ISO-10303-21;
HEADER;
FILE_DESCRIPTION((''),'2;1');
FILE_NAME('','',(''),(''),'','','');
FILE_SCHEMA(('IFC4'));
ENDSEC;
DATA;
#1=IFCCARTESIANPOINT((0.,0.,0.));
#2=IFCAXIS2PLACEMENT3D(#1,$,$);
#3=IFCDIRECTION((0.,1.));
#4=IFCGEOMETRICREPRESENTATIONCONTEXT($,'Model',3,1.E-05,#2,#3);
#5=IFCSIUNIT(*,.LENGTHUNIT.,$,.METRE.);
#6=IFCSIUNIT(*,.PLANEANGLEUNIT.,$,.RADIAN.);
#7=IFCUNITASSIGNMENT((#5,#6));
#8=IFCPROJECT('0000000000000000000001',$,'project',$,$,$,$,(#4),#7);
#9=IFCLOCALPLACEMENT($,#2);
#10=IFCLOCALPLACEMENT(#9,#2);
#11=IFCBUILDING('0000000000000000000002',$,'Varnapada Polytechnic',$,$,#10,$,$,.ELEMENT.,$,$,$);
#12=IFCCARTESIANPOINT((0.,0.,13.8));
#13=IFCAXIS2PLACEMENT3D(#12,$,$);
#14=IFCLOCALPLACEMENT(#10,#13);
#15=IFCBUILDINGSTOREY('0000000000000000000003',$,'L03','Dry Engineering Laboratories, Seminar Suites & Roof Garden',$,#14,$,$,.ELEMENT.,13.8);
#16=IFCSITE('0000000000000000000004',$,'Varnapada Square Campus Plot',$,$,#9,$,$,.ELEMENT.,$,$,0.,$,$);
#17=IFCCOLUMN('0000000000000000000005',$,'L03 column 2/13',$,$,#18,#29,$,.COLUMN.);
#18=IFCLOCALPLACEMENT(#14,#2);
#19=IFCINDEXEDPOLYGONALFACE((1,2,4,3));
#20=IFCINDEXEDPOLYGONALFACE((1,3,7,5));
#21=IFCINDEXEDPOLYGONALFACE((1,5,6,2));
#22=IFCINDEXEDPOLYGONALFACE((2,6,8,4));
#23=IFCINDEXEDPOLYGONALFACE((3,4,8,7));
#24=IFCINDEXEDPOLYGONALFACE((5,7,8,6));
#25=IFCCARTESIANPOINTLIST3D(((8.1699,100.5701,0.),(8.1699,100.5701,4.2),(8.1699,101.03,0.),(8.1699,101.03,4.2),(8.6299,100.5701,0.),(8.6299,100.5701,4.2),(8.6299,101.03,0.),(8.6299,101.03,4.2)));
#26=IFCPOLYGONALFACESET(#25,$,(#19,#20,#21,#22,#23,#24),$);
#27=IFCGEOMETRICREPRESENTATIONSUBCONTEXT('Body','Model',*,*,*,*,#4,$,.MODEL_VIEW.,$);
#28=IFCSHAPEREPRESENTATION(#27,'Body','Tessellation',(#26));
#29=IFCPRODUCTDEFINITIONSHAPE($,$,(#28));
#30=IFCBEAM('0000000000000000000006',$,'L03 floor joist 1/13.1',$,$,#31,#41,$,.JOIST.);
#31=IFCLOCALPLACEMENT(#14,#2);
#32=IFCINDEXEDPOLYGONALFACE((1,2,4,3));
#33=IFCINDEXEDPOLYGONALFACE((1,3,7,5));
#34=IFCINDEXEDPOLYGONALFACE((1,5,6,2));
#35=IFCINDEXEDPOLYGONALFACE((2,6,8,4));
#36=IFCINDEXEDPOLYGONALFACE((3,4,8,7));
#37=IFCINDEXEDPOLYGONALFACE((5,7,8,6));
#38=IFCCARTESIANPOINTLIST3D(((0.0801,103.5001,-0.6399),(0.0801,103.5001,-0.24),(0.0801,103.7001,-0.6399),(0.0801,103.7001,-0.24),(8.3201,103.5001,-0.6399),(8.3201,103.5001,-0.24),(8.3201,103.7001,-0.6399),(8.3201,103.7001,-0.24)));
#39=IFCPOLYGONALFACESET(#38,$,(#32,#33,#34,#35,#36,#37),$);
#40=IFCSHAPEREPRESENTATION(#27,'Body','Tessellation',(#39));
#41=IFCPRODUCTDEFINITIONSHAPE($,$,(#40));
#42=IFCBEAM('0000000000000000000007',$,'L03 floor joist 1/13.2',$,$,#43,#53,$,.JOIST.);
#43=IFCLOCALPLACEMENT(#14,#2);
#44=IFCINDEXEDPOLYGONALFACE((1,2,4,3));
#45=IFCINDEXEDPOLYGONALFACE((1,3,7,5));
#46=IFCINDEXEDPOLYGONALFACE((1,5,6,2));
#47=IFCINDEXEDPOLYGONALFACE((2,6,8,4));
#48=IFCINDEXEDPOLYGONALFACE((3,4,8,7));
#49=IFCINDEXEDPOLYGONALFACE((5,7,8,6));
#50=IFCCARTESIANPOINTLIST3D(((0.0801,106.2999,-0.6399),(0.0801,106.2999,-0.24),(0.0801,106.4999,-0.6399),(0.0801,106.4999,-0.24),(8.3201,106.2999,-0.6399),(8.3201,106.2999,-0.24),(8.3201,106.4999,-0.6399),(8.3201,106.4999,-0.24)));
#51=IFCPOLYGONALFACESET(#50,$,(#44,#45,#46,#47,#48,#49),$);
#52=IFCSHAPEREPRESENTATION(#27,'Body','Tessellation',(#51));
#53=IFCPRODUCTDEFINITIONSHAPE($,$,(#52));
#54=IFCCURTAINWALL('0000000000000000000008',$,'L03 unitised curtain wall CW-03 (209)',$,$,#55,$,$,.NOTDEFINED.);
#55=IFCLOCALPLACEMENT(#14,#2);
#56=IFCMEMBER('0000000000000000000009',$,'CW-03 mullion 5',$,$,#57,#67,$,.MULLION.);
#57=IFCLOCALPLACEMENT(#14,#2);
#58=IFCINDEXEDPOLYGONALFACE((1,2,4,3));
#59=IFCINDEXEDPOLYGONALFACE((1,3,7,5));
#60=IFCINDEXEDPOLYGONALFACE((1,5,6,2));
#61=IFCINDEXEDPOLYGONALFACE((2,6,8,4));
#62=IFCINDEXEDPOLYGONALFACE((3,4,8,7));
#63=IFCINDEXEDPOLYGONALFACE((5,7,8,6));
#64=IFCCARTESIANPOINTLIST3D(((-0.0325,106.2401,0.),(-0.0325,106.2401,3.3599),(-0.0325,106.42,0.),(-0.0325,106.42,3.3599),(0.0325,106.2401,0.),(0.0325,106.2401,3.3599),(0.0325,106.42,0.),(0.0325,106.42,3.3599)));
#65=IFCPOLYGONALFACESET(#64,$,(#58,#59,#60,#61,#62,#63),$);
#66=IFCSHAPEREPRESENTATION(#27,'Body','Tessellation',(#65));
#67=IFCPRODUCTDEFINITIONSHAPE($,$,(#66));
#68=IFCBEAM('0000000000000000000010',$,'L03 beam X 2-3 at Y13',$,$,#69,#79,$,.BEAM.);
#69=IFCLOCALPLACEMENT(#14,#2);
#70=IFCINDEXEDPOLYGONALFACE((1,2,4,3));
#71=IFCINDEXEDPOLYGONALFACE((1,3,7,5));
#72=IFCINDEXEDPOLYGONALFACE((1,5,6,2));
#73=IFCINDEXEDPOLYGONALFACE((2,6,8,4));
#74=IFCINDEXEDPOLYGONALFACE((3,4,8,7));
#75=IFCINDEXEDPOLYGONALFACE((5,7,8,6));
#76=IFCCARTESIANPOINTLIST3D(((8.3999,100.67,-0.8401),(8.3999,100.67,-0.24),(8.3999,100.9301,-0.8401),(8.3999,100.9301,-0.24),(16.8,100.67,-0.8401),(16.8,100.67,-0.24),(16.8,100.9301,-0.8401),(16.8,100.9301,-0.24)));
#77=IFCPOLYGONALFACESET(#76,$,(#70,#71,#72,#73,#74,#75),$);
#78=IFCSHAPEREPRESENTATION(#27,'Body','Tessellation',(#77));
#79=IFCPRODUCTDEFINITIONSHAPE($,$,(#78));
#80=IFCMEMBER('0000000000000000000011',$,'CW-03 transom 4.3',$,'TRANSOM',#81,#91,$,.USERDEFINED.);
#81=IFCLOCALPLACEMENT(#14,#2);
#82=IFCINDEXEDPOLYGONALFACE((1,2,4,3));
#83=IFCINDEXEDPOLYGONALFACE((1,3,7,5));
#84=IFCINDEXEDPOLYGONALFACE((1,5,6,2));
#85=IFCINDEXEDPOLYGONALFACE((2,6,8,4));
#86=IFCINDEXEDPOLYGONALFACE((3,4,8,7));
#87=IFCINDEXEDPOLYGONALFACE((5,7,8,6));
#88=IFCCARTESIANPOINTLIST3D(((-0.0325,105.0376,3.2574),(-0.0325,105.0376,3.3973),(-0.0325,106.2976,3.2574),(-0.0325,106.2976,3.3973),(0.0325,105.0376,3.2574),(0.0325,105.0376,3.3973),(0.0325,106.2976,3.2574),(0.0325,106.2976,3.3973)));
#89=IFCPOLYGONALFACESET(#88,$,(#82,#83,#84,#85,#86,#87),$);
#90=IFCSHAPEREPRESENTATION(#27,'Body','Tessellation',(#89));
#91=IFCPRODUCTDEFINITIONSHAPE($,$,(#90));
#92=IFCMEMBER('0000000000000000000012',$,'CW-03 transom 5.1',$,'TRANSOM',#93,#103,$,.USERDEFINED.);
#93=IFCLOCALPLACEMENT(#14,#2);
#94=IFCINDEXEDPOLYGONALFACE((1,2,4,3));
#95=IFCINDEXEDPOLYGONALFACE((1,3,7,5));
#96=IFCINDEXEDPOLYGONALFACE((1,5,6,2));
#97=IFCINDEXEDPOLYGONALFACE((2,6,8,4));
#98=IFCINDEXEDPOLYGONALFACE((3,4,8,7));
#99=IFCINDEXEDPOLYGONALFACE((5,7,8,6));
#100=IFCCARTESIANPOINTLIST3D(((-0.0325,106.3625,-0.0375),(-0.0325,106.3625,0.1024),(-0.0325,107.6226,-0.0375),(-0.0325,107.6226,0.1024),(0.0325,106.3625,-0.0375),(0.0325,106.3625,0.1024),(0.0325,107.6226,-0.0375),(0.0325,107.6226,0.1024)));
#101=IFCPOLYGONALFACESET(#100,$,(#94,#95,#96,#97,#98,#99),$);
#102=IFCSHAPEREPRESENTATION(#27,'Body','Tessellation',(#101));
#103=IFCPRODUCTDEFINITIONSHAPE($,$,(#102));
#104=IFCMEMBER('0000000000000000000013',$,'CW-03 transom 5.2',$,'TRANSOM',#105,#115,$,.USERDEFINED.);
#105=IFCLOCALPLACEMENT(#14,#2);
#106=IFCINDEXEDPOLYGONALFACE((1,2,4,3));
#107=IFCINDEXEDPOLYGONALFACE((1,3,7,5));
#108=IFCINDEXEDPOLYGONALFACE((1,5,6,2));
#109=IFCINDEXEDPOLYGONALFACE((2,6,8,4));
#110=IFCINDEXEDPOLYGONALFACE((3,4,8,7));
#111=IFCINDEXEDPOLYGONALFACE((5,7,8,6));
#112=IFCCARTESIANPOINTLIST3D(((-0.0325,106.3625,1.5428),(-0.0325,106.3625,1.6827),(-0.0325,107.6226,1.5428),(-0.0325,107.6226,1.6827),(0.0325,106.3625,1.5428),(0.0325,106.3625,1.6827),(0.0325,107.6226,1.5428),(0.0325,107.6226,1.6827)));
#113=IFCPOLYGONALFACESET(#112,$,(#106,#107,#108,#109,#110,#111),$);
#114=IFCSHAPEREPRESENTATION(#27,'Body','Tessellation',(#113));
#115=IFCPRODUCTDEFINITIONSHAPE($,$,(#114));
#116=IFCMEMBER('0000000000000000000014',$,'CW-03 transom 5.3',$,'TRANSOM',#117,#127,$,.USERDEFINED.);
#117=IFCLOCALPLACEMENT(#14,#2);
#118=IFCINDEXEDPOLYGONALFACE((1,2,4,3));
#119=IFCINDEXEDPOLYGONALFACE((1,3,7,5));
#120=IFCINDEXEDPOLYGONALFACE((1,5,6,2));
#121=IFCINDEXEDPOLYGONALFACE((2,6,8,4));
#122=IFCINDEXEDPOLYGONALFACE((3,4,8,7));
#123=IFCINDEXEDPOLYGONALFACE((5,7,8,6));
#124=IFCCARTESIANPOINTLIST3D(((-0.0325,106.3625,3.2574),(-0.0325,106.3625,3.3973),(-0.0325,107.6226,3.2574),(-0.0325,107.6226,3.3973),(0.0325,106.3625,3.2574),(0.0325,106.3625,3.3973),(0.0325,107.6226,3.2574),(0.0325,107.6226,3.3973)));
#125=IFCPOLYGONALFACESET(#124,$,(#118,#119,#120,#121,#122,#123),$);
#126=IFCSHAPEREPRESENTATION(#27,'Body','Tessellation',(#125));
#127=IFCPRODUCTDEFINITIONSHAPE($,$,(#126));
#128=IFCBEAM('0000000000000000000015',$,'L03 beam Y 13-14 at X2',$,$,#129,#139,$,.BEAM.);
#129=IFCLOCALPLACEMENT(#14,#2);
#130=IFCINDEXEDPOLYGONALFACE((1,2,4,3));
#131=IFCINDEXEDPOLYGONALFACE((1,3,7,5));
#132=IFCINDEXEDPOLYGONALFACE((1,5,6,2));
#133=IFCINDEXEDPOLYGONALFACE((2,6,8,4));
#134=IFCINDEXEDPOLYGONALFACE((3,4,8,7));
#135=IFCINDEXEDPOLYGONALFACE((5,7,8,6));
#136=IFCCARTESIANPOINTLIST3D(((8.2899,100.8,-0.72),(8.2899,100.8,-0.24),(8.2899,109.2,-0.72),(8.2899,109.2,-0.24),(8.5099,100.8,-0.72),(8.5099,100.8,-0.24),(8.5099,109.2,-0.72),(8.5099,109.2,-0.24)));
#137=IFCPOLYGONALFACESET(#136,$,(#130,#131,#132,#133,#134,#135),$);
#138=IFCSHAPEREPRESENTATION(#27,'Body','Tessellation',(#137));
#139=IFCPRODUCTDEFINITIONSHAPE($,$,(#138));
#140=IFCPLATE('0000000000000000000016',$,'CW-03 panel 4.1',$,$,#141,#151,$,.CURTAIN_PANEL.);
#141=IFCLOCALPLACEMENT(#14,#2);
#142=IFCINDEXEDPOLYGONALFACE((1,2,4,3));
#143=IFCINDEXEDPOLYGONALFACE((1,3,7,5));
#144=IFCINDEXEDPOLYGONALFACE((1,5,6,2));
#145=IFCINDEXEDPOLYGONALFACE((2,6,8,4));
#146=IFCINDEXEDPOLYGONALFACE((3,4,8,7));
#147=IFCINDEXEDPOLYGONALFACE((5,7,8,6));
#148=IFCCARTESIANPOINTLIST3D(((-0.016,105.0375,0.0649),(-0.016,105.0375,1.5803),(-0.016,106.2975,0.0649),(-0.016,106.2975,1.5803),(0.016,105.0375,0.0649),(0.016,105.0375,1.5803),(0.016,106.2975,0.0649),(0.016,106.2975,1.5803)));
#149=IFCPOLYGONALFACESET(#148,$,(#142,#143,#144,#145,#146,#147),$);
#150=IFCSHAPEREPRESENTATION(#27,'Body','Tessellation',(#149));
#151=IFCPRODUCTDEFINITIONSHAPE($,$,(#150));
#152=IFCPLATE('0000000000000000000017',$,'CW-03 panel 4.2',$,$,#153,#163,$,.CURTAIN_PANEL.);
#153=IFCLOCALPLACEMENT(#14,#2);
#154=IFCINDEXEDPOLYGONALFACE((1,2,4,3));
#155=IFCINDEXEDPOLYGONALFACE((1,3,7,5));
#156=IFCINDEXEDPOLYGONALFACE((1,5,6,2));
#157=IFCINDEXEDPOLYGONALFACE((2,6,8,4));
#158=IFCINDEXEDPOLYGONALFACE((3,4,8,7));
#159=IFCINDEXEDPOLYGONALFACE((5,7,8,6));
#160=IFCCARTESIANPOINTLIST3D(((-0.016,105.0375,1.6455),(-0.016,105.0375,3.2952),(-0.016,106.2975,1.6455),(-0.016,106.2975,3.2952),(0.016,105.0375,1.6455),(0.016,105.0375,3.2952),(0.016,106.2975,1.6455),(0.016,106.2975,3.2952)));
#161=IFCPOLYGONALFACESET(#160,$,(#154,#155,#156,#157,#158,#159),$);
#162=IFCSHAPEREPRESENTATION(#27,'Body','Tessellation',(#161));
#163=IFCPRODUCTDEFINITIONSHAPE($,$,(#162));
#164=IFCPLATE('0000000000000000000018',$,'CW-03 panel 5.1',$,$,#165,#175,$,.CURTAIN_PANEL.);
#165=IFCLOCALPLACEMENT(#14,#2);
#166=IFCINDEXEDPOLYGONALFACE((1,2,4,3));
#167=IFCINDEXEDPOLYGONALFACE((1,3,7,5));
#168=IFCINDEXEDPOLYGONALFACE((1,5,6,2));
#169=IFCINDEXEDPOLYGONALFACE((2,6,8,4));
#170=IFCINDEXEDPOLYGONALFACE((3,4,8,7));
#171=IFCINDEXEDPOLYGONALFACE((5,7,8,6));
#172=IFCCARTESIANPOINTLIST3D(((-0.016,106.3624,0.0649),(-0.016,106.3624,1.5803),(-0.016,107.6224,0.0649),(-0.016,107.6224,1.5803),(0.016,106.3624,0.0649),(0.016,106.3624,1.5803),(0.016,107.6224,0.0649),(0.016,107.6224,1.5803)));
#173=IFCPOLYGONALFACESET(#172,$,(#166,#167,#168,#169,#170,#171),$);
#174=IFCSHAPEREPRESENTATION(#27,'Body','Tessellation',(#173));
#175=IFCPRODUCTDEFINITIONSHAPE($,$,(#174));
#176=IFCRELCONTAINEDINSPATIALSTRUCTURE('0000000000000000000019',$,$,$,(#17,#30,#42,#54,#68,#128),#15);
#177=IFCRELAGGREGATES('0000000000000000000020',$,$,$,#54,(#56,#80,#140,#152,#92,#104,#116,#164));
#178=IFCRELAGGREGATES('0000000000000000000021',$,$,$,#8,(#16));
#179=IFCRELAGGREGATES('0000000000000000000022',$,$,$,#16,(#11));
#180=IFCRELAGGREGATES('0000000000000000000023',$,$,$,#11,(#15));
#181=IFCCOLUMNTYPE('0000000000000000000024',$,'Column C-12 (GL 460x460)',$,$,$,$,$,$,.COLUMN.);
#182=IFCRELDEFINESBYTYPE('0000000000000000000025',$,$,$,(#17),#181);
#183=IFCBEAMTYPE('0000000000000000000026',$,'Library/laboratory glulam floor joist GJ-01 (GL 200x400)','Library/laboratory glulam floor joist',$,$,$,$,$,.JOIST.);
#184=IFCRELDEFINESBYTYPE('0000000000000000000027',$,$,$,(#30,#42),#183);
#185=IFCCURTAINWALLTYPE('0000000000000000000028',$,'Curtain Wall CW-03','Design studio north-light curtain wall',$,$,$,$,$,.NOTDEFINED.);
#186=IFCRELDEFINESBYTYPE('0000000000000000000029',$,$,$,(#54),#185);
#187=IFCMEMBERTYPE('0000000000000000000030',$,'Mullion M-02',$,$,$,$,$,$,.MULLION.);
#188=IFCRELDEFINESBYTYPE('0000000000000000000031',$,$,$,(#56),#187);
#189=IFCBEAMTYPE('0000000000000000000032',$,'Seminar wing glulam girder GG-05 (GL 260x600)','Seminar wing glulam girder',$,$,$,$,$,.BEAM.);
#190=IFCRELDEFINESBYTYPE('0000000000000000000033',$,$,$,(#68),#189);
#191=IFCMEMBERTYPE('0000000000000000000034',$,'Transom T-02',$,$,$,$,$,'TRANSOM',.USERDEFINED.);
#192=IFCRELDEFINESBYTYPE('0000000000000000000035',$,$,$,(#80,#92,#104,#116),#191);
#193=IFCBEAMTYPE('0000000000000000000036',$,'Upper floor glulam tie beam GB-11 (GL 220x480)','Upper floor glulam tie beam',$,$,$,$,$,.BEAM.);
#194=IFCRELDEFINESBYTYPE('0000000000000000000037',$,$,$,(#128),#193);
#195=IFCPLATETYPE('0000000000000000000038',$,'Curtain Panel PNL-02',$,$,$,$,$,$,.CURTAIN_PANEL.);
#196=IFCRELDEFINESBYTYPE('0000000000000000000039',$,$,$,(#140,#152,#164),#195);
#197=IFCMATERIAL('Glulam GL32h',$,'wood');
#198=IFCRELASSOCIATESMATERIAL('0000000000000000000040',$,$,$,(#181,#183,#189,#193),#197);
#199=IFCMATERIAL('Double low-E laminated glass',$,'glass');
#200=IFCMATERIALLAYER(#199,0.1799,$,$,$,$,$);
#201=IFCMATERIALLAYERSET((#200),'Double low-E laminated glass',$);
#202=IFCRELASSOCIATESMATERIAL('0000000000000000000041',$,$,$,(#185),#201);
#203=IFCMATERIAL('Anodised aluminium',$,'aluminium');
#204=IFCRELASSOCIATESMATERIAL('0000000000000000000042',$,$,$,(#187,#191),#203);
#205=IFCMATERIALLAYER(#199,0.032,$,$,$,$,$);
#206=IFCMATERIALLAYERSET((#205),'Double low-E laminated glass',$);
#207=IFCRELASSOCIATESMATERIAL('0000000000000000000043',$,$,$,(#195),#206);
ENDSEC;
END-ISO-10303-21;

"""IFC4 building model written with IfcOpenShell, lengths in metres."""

from ifc_helpers import new_model, si_unit, direction, frame, origin, origin_2d, place, context, subcontext, project, spatial, rectangle, extrude, material, layer, layer_set, material_profile, profile_set, type_object, element, aggregate, save


model = new_model("IFC4")

# Units and contexts
model_context = context("Model", 3, precision=1e-05, world=origin(), true_north=direction((0.0, 1.0)))
body_context = subcontext(model_context, "Body", "Model", "MODEL_VIEW")
ifc_project = project(units=[si_unit("LENGTHUNIT", "METRE"), si_unit("PLANEANGLEUNIT", "RADIAN")], contexts=[model_context])

# Site, building, storey
site_placement = place(None, origin())
site = spatial("IfcSite", under=ifc_project, at=site_placement, Name="Varnapada Square Campus Plot", CompositionType="ELEMENT", RefElevation=0.0)
building_placement = place(site_placement, origin())
building = spatial("IfcBuilding", under=site, at=building_placement, Name="Varnapada Polytechnic", CompositionType="ELEMENT")
storey_placement = place(building_placement, frame((0.0, 0.0, 13.8)))
storey = spatial("IfcBuildingStorey", under=building, at=storey_placement, Name="L03", Description="Dry Engineering Laboratories, Seminar Suites & Roof Garden", CompositionType="ELEMENT", Elevation=13.8)

# Column
ifc_material_1 = material(Name="Glulam GL32h", Category="wood")
ifc_material_profile_1 = material_profile(ifc_material_1, rectangle(XDim=0.46, YDim=0.46, at=origin_2d()), Name="GL 460x460")
ifc_profile_set_1 = profile_set([ifc_material_profile_1], Name="Glulam GL32h")
column_type = type_object("IfcColumnType", Name="Column C-12 (GL 460x460)", PredefinedType="COLUMN", material=ifc_profile_set_1)
column_placement = place(storey_placement, frame((8.3999, 100.8, 0.0), z_axis=(0.0, 0.0, 1.0), x_axis=(1.0, 0.0, 0.0)))
element("IfcColumn", 1, at=column_placement, inside=storey, type_object=column_type, Name="L03 column 2/13", PredefinedType="COLUMN", context=body_context, shape_type="SweptSolid", body=[
    extrude(rectangle(XDim=0.46, YDim=0.46, at=origin_2d()), origin(), (0.0, 0.0, 1.0), 4.2),
])

# Beams
ifc_material_profile_2 = material_profile(ifc_material_1, rectangle(XDim=0.2, YDim=0.3999, at=origin_2d()), Name="GL 200x400")
ifc_profile_set_2 = profile_set([ifc_material_profile_2], Name="Glulam GL32h")
beam_type_1 = type_object("IfcBeamType", Name="Library/laboratory glulam floor joist GJ-01 (GL 200x400)", Description="Library/laboratory glulam floor joist", PredefinedType="JOIST", material=ifc_profile_set_2)
for number, where, z_axis, x_axis, name in (
    (2, (0.0801, 103.6001, -0.4399), (1.0, 0.0, 0.0), (0.0, 1.0, 0.0), "L03 floor joist 1/13.1"),
    (3, (0.0801, 106.3999, -0.4399), (1.0, 0.0, 0.0), (0.0, 1.0, 0.0), "L03 floor joist 1/13.2"),
):
    element("IfcBeam", number, at=place(storey_placement, frame(where, z_axis=z_axis, x_axis=x_axis)), inside=storey, type_object=beam_type_1, Name=name, PredefinedType="JOIST", context=body_context, shape_type="SweptSolid", body=[
        extrude(rectangle(XDim=0.2, YDim=0.3999, at=origin_2d()), origin(), (0.0, 0.0, 1.0), 8.24),
    ])

# Curtain wall, member
ifc_material_2 = material(Name="Double low-E laminated glass", Category="glass")
ifc_layer_1 = layer(ifc_material_2, 0.1799)
ifc_layer_set_1 = layer_set([ifc_layer_1], Name="Double low-E laminated glass")
curtain_wall_type = type_object("IfcCurtainWallType", Name="Curtain Wall CW-03", Description="Design studio north-light curtain wall", PredefinedType="NOTDEFINED", material=ifc_layer_set_1)
curtain_wall_placement = place(storey_placement, origin())
curtain_wall = element("IfcCurtainWall", 4, at=curtain_wall_placement, inside=storey, type_object=curtain_wall_type, Name="L03 unitised curtain wall CW-03 (209)", PredefinedType="NOTDEFINED")
ifc_material_3 = material(Name="Anodised aluminium", Category="aluminium")
ifc_material_profile_3 = material_profile(ifc_material_3, rectangle(XDim=0.0649, YDim=0.1799, at=origin_2d()), Name="ALU M65x180")
ifc_profile_set_3 = profile_set([ifc_material_profile_3], Name="Anodised aluminium")
member_type_1 = type_object("IfcMemberType", Name="Mullion M-02", PredefinedType="MULLION", material=ifc_profile_set_3)
member_1_placement = place(storey_placement, frame((0.0, 106.3301, 0.0), z_axis=(0.0, 0.0, 1.0), x_axis=(-1.0, 0.0, 0.0)))
member_1 = element("IfcMember", 5, at=member_1_placement, type_object=member_type_1, Name="CW-03 mullion 5", PredefinedType="MULLION", context=body_context, shape_type="SweptSolid", body=[
    extrude(rectangle(XDim=0.0649, YDim=0.1799, at=origin_2d()), origin(), (0.0, 0.0, 1.0), 3.3599),
])

# Beam
ifc_material_profile_4 = material_profile(ifc_material_1, rectangle(XDim=0.26, YDim=0.6001, at=origin_2d()), Name="GL 260x600")
ifc_profile_set_4 = profile_set([ifc_material_profile_4], Name="Glulam GL32h")
beam_type_2 = type_object("IfcBeamType", Name="Seminar wing glulam girder GG-05 (GL 260x600)", Description="Seminar wing glulam girder", PredefinedType="BEAM", material=ifc_profile_set_4)
beam_1_placement = place(storey_placement, frame((8.3999, 100.8, -0.54), z_axis=(1.0, 0.0, 0.0), x_axis=(0.0, 1.0, 0.0)))
element("IfcBeam", 6, at=beam_1_placement, inside=storey, type_object=beam_type_2, Name="L03 beam X 2-3 at Y13", PredefinedType="BEAM", context=body_context, shape_type="SweptSolid", body=[
    extrude(rectangle(XDim=0.26, YDim=0.6001, at=origin_2d()), origin(), (0.0, 0.0, 1.0), 8.4001),
])

# Members
ifc_material_profile_5 = material_profile(ifc_material_3, rectangle(XDim=0.0649, YDim=0.1399, at=origin_2d()), Name="ALU T65x140")
ifc_profile_set_5 = profile_set([ifc_material_profile_5], Name="Anodised aluminium")
member_type_2 = type_object("IfcMemberType", Name="Transom T-02", ElementType="TRANSOM", PredefinedType="USERDEFINED", material=ifc_profile_set_5)
member_2_placement = place(storey_placement, frame((0.0, 105.0376, 3.3274), z_axis=(0.0, 1.0, 0.0), x_axis=(-1.0, 0.0, 0.0)))
member_2 = element("IfcMember", 7, at=member_2_placement, type_object=member_type_2, Name="CW-03 transom 4.3", ObjectType="TRANSOM", PredefinedType="USERDEFINED", context=body_context, shape_type="SweptSolid", body=[
    extrude(rectangle(XDim=0.0649, YDim=0.1399, at=origin_2d()), origin(), (0.0, 0.0, 1.0), 1.26),
])
member_3_placement = place(storey_placement, frame((0.0, 106.3625, 0.0325), z_axis=(0.0, 1.0, 0.0), x_axis=(-1.0, 0.0, 0.0)))
member_3 = element("IfcMember", 8, at=member_3_placement, type_object=member_type_2, Name="CW-03 transom 5.1", ObjectType="TRANSOM", PredefinedType="USERDEFINED", context=body_context, shape_type="SweptSolid", body=[
    extrude(rectangle(XDim=0.0649, YDim=0.1399, at=origin_2d()), origin(), (0.0, 0.0, 1.0), 1.26),
])
member_4_placement = place(storey_placement, frame((0.0, 106.3625, 1.6128), z_axis=(0.0, 1.0, 0.0), x_axis=(-1.0, 0.0, 0.0)))
member_4 = element("IfcMember", 9, at=member_4_placement, type_object=member_type_2, Name="CW-03 transom 5.2", ObjectType="TRANSOM", PredefinedType="USERDEFINED", context=body_context, shape_type="SweptSolid", body=[
    extrude(rectangle(XDim=0.0649, YDim=0.1399, at=origin_2d()), origin(), (0.0, 0.0, 1.0), 1.26),
])
member_5_placement = place(storey_placement, frame((0.0, 106.3625, 3.3274), z_axis=(0.0, 1.0, 0.0), x_axis=(-1.0, 0.0, 0.0)))
member_5 = element("IfcMember", 10, at=member_5_placement, type_object=member_type_2, Name="CW-03 transom 5.3", ObjectType="TRANSOM", PredefinedType="USERDEFINED", context=body_context, shape_type="SweptSolid", body=[
    extrude(rectangle(XDim=0.0649, YDim=0.1399, at=origin_2d()), origin(), (0.0, 0.0, 1.0), 1.26),
])

# Beam
ifc_material_profile_6 = material_profile(ifc_material_1, rectangle(XDim=0.22, YDim=0.48, at=origin_2d()), Name="GL 220x480")
ifc_profile_set_6 = profile_set([ifc_material_profile_6], Name="Glulam GL32h")
beam_type_3 = type_object("IfcBeamType", Name="Upper floor glulam tie beam GB-11 (GL 220x480)", Description="Upper floor glulam tie beam", PredefinedType="BEAM", material=ifc_profile_set_6)
beam_2_placement = place(storey_placement, frame((8.3999, 100.8, -0.48), z_axis=(0.0, 1.0, 0.0), x_axis=(-1.0, 0.0, 0.0)))
element("IfcBeam", 11, at=beam_2_placement, inside=storey, type_object=beam_type_3, Name="L03 beam Y 13-14 at X2", PredefinedType="BEAM", context=body_context, shape_type="SweptSolid", body=[
    extrude(rectangle(XDim=0.22, YDim=0.48, at=origin_2d()), origin(), (0.0, 0.0, 1.0), 8.3999),
])

# Plates
ifc_layer_2 = layer(ifc_material_2, 0.032)
ifc_layer_set_2 = layer_set([ifc_layer_2], Name="Double low-E laminated glass")
plate_type = type_object("IfcPlateType", Name="Curtain Panel PNL-02", PredefinedType="CURTAIN_PANEL", material=ifc_layer_set_2)
plate_1_placement = place(storey_placement, frame((0.0, 105.6675, 0.0649), z_axis=(0.0, 0.0, 1.0), x_axis=(0.0, 1.0, 0.0)))
plate_1 = element("IfcPlate", 12, at=plate_1_placement, type_object=plate_type, Name="CW-03 panel 4.1", PredefinedType="CURTAIN_PANEL", context=body_context, shape_type="SweptSolid", body=[
    extrude(rectangle(XDim=1.26, YDim=0.032, at=origin_2d()), origin(), (0.0, 0.0, 1.0), 1.5154),
])
plate_2_placement = place(storey_placement, frame((0.0, 105.6675, 1.6455), z_axis=(0.0, 0.0, 1.0), x_axis=(0.0, 1.0, 0.0)))
plate_2 = element("IfcPlate", 13, at=plate_2_placement, type_object=plate_type, Name="CW-03 panel 4.2", PredefinedType="CURTAIN_PANEL", context=body_context, shape_type="SweptSolid", body=[
    extrude(rectangle(XDim=1.26, YDim=0.032, at=origin_2d()), origin(), (0.0, 0.0, 1.0), 1.6497),
])
plate_3_placement = place(storey_placement, frame((0.0, 106.9924, 0.0649), z_axis=(0.0, 0.0, 1.0), x_axis=(0.0, 1.0, 0.0)))
plate_3 = element("IfcPlate", 14, at=plate_3_placement, type_object=plate_type, Name="CW-03 panel 5.1", PredefinedType="CURTAIN_PANEL", context=body_context, shape_type="SweptSolid", body=[
    extrude(rectangle(XDim=1.26, YDim=0.032, at=origin_2d()), origin(), (0.0, 0.0, 1.0), 1.5154),
])
aggregate(curtain_wall, [member_1, member_2, plate_1, plate_2, member_3, member_4, member_5, plate_3])

save(model, "model.ifc")
